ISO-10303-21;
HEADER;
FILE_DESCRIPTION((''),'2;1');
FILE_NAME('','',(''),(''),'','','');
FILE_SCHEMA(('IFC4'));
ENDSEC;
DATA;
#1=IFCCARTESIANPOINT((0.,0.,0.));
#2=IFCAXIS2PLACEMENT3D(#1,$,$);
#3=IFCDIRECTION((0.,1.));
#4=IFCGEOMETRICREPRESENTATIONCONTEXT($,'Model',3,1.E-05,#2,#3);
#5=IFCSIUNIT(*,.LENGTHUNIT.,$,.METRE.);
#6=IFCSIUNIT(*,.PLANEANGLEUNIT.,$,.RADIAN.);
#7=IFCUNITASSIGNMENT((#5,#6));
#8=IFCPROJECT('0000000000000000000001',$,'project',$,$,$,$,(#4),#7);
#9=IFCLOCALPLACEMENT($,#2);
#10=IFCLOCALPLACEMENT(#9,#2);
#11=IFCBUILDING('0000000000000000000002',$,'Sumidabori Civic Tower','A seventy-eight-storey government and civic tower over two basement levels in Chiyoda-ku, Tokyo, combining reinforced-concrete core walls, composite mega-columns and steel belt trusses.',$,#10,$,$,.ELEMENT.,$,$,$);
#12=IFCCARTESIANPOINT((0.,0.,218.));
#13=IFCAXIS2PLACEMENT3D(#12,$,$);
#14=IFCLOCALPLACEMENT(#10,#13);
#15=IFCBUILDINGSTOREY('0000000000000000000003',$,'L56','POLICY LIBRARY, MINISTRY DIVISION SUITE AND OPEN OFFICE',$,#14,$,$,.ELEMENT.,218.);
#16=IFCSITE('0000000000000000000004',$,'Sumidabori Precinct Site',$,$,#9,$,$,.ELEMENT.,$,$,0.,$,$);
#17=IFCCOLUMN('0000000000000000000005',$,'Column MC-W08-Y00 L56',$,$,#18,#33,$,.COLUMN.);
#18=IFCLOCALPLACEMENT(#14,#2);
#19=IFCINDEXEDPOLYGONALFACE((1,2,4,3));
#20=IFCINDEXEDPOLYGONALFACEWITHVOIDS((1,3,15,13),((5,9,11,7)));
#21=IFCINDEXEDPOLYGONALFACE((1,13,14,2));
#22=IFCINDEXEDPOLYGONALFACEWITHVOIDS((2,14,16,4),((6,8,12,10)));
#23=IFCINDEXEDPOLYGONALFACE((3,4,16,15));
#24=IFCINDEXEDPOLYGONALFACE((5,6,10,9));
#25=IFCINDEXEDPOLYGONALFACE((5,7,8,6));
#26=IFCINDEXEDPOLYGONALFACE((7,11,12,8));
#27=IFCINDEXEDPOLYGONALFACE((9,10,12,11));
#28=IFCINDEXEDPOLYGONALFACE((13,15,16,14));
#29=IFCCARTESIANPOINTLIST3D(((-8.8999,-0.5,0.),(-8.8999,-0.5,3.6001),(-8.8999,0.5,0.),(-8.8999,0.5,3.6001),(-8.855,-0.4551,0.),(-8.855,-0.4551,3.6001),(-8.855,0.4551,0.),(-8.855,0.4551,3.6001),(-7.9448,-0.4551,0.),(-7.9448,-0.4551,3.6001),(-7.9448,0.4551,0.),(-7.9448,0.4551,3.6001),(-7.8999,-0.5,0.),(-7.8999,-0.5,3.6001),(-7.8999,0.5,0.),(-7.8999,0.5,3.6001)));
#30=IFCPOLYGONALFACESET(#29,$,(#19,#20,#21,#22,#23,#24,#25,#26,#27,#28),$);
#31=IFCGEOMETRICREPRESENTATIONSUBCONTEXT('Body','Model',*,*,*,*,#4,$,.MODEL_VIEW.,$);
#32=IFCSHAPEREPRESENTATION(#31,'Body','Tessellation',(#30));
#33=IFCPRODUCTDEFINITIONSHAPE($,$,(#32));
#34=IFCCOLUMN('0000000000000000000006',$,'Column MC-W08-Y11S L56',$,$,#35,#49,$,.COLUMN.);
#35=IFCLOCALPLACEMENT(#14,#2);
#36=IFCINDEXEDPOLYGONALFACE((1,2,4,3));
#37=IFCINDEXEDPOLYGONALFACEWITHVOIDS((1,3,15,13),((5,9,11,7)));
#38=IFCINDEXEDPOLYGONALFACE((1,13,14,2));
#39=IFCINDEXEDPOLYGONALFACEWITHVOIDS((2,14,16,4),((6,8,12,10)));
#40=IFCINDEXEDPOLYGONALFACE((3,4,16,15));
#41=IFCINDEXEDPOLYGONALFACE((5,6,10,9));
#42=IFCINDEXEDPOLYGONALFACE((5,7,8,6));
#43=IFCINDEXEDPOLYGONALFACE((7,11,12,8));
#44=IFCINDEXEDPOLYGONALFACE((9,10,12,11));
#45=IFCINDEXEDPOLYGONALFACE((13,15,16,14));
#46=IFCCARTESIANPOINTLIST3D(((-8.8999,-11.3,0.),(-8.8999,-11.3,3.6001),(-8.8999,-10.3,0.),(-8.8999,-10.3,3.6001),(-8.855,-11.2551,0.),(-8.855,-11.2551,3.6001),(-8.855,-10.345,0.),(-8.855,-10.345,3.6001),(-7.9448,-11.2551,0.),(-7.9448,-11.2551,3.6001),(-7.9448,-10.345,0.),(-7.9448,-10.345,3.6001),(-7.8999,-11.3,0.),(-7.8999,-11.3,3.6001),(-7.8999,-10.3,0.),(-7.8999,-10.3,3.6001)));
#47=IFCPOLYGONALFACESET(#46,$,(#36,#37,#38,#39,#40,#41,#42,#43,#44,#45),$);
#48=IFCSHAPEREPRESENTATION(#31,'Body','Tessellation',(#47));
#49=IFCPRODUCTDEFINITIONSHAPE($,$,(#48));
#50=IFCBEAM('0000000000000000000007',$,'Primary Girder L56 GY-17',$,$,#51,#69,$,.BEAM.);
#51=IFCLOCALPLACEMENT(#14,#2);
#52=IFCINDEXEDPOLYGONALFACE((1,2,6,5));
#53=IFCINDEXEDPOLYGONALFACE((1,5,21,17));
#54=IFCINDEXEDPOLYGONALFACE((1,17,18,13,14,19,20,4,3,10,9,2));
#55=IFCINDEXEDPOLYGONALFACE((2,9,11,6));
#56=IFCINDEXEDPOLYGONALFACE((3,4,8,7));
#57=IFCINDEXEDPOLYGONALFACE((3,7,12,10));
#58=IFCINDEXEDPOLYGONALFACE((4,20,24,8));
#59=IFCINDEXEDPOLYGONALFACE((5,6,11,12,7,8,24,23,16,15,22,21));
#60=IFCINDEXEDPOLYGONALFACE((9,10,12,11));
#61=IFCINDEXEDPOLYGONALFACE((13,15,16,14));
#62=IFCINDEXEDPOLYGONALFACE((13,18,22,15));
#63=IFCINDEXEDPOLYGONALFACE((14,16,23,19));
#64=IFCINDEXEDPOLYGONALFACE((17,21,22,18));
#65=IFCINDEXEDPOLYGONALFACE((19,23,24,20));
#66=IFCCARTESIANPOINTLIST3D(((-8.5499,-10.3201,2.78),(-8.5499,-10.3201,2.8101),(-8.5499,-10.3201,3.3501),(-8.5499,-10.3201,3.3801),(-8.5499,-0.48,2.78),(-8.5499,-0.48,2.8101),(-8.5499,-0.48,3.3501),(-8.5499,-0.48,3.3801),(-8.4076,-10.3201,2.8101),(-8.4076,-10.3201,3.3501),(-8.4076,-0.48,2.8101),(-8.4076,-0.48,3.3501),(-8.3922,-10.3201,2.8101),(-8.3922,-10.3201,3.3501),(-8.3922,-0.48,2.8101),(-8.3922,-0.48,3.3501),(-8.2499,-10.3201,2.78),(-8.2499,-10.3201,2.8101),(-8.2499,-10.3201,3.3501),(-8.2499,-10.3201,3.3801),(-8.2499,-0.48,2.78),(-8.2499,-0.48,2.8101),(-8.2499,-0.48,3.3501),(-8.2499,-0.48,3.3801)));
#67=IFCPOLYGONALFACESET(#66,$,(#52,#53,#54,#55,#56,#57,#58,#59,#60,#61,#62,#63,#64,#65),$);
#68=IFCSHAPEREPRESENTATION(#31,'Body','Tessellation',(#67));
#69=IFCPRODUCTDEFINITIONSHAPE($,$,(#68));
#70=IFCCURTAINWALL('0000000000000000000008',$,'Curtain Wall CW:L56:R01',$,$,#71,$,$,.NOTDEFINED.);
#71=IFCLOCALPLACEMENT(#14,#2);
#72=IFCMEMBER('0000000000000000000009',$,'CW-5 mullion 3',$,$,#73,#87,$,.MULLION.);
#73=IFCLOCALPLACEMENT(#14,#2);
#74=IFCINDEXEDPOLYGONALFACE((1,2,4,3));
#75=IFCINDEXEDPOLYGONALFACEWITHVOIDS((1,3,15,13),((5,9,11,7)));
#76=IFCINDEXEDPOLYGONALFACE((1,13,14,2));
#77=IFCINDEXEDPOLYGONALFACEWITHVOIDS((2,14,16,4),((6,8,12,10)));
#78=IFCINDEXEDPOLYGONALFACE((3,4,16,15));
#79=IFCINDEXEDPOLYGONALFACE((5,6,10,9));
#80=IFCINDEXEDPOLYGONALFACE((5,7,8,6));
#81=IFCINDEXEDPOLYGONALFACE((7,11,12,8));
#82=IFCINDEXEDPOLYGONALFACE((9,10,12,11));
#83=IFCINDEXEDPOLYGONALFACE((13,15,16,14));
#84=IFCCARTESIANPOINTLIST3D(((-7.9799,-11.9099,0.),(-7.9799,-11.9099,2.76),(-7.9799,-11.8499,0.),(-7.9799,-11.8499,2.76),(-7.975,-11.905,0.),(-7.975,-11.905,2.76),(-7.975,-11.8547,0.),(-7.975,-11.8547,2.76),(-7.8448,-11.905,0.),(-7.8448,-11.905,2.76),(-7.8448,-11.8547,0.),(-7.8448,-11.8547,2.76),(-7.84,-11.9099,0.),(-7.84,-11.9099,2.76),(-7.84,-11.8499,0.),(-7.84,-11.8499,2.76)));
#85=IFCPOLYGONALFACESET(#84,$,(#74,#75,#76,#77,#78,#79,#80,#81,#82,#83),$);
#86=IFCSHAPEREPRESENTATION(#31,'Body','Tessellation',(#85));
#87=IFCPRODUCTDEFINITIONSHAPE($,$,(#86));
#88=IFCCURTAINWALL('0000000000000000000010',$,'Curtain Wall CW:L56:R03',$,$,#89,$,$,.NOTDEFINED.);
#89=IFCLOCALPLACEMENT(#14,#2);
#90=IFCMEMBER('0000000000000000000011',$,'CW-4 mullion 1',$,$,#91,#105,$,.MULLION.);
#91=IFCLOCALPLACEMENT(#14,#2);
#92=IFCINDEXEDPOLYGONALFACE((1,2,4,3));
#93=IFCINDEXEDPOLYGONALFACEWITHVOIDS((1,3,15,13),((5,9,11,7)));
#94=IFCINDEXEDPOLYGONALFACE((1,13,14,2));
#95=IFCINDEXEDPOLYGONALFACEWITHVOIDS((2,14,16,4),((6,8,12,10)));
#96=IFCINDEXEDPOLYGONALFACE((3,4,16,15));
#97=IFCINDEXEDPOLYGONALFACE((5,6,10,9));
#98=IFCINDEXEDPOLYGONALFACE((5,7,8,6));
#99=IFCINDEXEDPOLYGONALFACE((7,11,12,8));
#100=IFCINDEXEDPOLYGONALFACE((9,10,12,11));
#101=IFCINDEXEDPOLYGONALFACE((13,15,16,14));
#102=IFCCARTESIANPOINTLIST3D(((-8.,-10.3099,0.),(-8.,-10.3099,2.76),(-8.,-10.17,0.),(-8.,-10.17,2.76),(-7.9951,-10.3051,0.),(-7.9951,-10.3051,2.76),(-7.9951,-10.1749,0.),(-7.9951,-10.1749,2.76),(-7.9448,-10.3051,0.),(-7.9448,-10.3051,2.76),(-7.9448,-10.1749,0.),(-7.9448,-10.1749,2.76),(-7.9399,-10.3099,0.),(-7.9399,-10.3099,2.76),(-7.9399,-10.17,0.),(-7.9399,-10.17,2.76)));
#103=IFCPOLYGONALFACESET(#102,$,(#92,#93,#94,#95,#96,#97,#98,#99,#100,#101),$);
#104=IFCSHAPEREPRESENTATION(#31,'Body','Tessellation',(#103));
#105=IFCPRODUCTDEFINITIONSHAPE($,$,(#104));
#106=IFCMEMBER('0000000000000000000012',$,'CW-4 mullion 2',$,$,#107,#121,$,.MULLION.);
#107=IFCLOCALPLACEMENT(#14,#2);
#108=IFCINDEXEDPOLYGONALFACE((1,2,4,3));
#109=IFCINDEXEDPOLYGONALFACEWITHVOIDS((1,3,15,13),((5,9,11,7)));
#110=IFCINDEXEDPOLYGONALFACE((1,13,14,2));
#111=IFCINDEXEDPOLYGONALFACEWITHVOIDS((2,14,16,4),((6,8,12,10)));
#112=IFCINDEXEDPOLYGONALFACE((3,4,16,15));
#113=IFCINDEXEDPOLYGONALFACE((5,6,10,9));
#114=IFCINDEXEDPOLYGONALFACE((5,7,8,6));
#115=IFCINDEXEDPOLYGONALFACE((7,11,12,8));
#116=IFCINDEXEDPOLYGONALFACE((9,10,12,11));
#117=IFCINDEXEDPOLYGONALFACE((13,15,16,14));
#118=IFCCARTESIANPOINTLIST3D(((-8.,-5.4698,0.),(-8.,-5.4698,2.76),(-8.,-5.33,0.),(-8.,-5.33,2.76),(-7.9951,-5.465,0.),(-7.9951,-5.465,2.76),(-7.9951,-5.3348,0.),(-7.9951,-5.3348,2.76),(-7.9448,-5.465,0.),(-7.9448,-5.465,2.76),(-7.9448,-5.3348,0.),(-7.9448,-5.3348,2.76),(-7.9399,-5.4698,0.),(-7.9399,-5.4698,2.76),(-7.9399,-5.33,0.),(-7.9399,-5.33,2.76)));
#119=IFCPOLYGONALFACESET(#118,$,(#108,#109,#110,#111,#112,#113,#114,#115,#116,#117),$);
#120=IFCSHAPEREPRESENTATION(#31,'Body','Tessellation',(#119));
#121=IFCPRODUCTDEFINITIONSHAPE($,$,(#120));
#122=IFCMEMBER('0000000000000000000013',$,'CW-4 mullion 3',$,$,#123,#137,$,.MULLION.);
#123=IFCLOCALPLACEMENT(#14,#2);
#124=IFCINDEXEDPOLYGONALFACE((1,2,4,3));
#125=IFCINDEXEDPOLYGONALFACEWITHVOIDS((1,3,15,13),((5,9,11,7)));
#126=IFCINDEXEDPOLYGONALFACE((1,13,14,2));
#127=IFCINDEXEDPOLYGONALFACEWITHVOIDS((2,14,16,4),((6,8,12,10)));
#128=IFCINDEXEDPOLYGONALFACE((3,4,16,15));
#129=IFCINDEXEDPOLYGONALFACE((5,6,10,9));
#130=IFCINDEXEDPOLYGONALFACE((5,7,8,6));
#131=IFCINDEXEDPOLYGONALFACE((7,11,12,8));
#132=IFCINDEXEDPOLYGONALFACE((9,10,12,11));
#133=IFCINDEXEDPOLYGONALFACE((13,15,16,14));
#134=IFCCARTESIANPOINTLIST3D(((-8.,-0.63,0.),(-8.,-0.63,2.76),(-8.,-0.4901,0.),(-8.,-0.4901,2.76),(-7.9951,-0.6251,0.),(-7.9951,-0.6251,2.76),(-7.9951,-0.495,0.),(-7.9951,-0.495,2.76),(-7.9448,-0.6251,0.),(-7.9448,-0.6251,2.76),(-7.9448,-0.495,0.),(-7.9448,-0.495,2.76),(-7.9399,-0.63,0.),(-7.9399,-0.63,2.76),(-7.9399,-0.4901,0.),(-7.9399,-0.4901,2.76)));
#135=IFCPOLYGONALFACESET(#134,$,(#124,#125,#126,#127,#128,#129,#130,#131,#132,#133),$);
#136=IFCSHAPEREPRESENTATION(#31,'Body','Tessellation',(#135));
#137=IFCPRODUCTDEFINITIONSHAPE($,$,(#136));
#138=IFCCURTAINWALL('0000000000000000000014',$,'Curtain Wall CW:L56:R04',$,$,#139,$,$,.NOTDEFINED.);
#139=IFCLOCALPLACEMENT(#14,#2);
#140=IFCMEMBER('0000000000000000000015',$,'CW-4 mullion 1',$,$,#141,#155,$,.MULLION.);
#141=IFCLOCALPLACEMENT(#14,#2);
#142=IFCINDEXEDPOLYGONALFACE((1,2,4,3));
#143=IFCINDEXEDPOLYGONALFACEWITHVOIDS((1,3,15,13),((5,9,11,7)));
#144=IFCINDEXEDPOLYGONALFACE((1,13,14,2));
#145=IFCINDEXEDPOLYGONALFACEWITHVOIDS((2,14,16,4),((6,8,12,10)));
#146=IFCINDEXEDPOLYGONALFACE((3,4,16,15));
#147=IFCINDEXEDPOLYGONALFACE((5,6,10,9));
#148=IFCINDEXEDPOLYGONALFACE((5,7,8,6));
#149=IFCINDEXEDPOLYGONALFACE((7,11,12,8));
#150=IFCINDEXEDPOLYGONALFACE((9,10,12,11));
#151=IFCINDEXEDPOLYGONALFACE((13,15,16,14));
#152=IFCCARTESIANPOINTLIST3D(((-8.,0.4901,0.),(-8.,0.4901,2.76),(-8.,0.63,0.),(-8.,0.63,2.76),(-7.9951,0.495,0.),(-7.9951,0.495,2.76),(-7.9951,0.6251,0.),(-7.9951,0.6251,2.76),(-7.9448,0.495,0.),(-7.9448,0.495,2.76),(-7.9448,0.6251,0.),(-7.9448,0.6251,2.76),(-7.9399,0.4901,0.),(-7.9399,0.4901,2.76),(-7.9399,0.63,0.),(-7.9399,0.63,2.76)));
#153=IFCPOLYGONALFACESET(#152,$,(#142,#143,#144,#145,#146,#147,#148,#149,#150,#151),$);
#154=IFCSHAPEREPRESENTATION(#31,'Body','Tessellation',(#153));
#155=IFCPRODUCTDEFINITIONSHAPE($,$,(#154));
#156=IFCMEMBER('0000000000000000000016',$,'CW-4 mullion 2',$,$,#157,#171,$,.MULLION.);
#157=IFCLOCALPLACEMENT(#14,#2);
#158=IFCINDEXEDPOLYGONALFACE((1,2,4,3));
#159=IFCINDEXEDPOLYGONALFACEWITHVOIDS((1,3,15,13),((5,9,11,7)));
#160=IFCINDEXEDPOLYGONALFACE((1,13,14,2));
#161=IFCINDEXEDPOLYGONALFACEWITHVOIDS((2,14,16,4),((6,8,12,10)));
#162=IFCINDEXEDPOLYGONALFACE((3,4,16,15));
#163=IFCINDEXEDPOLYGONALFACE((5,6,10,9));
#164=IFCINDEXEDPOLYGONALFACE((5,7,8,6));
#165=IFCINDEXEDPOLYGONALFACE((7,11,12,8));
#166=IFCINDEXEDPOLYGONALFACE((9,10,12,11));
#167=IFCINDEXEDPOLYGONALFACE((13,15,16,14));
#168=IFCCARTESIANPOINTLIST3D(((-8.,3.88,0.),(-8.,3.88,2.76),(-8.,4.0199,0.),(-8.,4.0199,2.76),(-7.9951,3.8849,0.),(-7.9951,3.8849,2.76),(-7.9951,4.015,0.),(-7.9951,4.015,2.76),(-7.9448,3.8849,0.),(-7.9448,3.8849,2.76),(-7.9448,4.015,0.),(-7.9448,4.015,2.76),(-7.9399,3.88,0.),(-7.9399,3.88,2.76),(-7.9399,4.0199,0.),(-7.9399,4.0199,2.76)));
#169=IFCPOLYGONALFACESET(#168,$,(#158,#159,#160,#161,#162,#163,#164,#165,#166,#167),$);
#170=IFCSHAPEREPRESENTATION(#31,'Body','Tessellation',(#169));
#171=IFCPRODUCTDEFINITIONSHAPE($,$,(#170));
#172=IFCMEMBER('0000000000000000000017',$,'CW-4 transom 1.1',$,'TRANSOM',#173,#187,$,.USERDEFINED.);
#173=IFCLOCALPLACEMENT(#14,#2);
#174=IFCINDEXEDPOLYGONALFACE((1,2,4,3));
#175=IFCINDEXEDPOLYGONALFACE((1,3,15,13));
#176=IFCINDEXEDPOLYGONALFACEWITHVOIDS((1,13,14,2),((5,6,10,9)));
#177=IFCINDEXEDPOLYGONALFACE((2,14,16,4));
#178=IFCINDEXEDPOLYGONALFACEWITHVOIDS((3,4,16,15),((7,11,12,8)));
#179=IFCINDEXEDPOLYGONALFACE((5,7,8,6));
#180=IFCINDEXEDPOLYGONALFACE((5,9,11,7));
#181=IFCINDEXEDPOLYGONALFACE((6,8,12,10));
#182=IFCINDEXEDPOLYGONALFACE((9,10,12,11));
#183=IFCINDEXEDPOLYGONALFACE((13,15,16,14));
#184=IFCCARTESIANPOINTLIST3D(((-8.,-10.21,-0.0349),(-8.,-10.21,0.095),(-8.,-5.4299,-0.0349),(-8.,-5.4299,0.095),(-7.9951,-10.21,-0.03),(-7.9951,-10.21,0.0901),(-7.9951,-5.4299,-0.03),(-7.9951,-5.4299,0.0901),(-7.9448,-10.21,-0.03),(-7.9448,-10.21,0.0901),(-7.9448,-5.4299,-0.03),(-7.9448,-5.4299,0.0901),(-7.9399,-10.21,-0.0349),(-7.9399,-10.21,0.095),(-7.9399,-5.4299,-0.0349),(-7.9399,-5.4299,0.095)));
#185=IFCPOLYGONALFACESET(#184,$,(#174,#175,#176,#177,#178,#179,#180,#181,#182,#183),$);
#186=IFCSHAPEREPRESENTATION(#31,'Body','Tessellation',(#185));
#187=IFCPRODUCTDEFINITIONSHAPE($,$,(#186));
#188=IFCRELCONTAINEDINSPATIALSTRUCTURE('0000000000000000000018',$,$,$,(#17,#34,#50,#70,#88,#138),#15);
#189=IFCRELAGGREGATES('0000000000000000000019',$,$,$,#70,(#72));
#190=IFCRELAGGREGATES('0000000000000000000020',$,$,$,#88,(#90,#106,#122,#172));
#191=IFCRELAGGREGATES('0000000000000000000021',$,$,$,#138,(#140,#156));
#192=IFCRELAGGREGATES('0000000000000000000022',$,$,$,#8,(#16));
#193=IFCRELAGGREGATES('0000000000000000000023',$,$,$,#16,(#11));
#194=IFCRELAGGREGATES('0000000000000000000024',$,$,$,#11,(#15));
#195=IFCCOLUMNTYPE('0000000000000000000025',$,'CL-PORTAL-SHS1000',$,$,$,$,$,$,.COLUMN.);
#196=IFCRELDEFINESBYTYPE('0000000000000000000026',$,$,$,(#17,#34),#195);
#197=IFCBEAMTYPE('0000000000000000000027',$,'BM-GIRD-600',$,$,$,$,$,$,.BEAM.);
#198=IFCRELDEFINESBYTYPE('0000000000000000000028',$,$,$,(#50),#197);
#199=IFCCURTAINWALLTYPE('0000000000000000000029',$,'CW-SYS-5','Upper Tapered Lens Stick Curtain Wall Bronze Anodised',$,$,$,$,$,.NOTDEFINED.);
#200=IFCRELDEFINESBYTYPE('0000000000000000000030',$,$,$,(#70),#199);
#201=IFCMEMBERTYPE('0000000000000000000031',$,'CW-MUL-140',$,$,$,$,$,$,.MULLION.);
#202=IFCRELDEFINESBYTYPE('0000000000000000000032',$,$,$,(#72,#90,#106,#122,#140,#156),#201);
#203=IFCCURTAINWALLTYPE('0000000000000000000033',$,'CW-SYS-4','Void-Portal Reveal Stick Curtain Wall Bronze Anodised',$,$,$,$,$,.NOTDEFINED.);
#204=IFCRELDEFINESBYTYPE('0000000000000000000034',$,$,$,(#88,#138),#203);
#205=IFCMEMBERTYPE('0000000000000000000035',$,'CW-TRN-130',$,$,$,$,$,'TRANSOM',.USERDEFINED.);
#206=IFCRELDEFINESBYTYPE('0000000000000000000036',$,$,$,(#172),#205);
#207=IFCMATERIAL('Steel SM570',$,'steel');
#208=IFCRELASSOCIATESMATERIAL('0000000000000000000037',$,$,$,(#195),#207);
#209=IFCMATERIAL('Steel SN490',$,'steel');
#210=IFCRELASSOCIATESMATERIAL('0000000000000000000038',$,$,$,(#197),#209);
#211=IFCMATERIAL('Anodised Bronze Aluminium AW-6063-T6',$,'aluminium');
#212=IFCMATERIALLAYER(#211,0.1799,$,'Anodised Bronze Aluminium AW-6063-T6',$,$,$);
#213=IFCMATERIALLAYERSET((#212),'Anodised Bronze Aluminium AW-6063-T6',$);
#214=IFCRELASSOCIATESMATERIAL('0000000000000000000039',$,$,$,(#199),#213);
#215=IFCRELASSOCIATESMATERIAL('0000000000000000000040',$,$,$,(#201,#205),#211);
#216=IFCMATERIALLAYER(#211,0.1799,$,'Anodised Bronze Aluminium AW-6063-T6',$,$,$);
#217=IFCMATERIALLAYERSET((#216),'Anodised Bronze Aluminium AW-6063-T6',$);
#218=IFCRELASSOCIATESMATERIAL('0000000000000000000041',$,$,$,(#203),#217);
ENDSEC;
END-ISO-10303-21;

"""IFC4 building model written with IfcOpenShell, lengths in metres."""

from ifc_helpers import new_model, si_unit, direction, frame, origin, origin_2d, place, context, subcontext, project, spatial, hollow_rectangle, i_section, extrude, source, transform, mapped, material, layer, layer_set, material_profile, profile_set, type_object, element, aggregate, save


model = new_model("IFC4")

# Units and contexts
model_context = context("Model", 3, precision=1e-05, world=origin(), true_north=direction((0.0, 1.0)))
body_context = subcontext(model_context, "Body", "Model", "MODEL_VIEW")
ifc_project = project(units=[si_unit("LENGTHUNIT", "METRE"), si_unit("PLANEANGLEUNIT", "RADIAN")], contexts=[model_context])

# Site, building, storey
site_placement = place(None, origin())
site = spatial("IfcSite", under=ifc_project, at=site_placement, Name="Sumidabori Precinct Site", CompositionType="ELEMENT", RefElevation=0.0)
building_placement = place(site_placement, origin())
building = spatial("IfcBuilding", under=site, at=building_placement, Name="Sumidabori Civic Tower", Description="A seventy-eight-storey government and civic tower over two basement levels in Chiyoda-ku, Tokyo, combining reinforced-concrete core walls, composite mega-columns and steel belt trusses.", CompositionType="ELEMENT")
storey_placement = place(building_placement, frame((0.0, 0.0, 218.0)))
storey = spatial("IfcBuildingStorey", under=building, at=storey_placement, Name="L56", Description="POLICY LIBRARY, MINISTRY DIVISION SUITE AND OPEN OFFICE", CompositionType="ELEMENT", Elevation=218.0)

# Columns
ifc_material_1 = material(Name="Steel SM570", Category="steel")
ifc_material_profile_1 = material_profile(ifc_material_1, hollow_rectangle(XDim=1.0, YDim=1.0, WallThickness=0.0449, at=origin_2d()), Name="SHS 1000x1000x45")
ifc_profile_set_1 = profile_set([ifc_material_profile_1], Name="Steel SM570")
column_type = type_object("IfcColumnType", Name="CL-PORTAL-SHS1000", PredefinedType="COLUMN", material=ifc_profile_set_1)
shared_shape_1 = source(origin(), body_context, "Body", "SweptSolid", [
    extrude(hollow_rectangle(XDim=1.0, YDim=1.0, WallThickness=0.0449, at=origin_2d()), origin(), (0.0, 0.0, 1.0), 3.6001),
])
for number, where, z_axis, x_axis, name in (
    (1, (-8.3999, 0.0, 0.0), (0.0, 0.0, 1.0), (1.0, 0.0, 0.0), "Column MC-W08-Y00 L56"),
    (2, (-8.3999, -10.8, 0.0), (0.0, 0.0, 1.0), (1.0, 0.0, 0.0), "Column MC-W08-Y11S L56"),
):
    element("IfcColumn", number, at=place(storey_placement, frame(where, z_axis=z_axis, x_axis=x_axis)), inside=storey, type_object=column_type, Name=name, PredefinedType="COLUMN", context=body_context, shape_type="MappedRepresentation", body=[
        mapped(shared_shape_1, transform((0.0, 0.0, 0.0), x_axis=(1.0, 0.0, 0.0), y_axis=(0.0, 1.0, 0.0), z_axis=(0.0, 0.0, 1.0), scale=1.0)),
    ])

# Beam
ifc_material_2 = material(Name="Steel SN490", Category="steel")
ifc_material_profile_2 = material_profile(ifc_material_2, i_section(OverallWidth=0.3, OverallDepth=0.6001, WebThickness=0.0154, FlangeThickness=0.03, at=origin_2d()), Name="HE 600 B")
ifc_profile_set_2 = profile_set([ifc_material_profile_2], Name="Steel SN490")
beam_type = type_object("IfcBeamType", Name="BM-GIRD-600", PredefinedType="BEAM", material=ifc_profile_set_2)
shared_shape_2 = source(origin(), body_context, "Body", "SweptSolid", [
    extrude(i_section(OverallWidth=0.3, OverallDepth=0.6001, WebThickness=0.0154, FlangeThickness=0.03, at=origin_2d()), origin(), (0.0, 0.0, 1.0), 9.8401),
])
beam_placement = place(storey_placement, frame((-8.3999, -10.3201, 3.0801), z_axis=(0.0, 1.0, 0.0), x_axis=(-1.0, 0.0, 0.0)))
element("IfcBeam", 3, at=beam_placement, inside=storey, type_object=beam_type, Name="Primary Girder L56 GY-17", PredefinedType="BEAM", context=body_context, shape_type="MappedRepresentation", body=[
    mapped(shared_shape_2, transform((0.0, 0.0, 0.0), x_axis=(1.0, 0.0, 0.0), y_axis=(0.0, 1.0, 0.0), z_axis=(0.0, 0.0, 1.0), scale=1.0)),
])

# Curtain wall, member
ifc_material_3 = material(Name="Anodised Bronze Aluminium AW-6063-T6", Category="aluminium")
ifc_layer_1 = layer(ifc_material_3, 0.1799, Name="Anodised Bronze Aluminium AW-6063-T6")
ifc_layer_set_1 = layer_set([ifc_layer_1], Name="Anodised Bronze Aluminium AW-6063-T6")
curtain_wall_type_1 = type_object("IfcCurtainWallType", Name="CW-SYS-5", Description="Upper Tapered Lens Stick Curtain Wall Bronze Anodised", PredefinedType="NOTDEFINED", material=ifc_layer_set_1)
curtain_wall_1_placement = place(storey_placement, origin())
curtain_wall_1 = element("IfcCurtainWall", 4, at=curtain_wall_1_placement, inside=storey, type_object=curtain_wall_type_1, Name="Curtain Wall CW:L56:R01", PredefinedType="NOTDEFINED")
ifc_material_profile_3 = material_profile(ifc_material_3, hollow_rectangle(XDim=0.0601, YDim=0.1399, WallThickness=0.0049, at=origin_2d()), Name="ALU MULLION 140x60")
ifc_profile_set_3 = profile_set([ifc_material_profile_3], Name="Anodised Bronze Aluminium AW-6063-T6")
member_type_1 = type_object("IfcMemberType", Name="CW-MUL-140", PredefinedType="MULLION", material=ifc_profile_set_3)
shared_shape_3 = source(origin(), body_context, "Body", "SweptSolid", [
    extrude(hollow_rectangle(XDim=0.0601, YDim=0.1399, WallThickness=0.0049, at=origin_2d()), origin(), (0.0, 0.0, 1.0), 2.76),
])
member_1_placement = place(storey_placement, frame((-7.9099, -11.8799, 0.0), z_axis=(0.0, 0.0, 1.0), x_axis=(0.0, 1.0, 0.0)))
member_1 = element("IfcMember", 5, at=member_1_placement, type_object=member_type_1, Name="CW-5 mullion 3", PredefinedType="MULLION", context=body_context, shape_type="MappedRepresentation", body=[
    mapped(shared_shape_3, transform((0.0, 0.0, 0.0), x_axis=(1.0, 0.0, 0.0), y_axis=(0.0, 1.0, 0.0), z_axis=(0.0, 0.0, 1.0), scale=1.0)),
])

# Curtain walls, members
ifc_layer_2 = layer(ifc_material_3, 0.1799, Name="Anodised Bronze Aluminium AW-6063-T6")
ifc_layer_set_2 = layer_set([ifc_layer_2], Name="Anodised Bronze Aluminium AW-6063-T6")
curtain_wall_type_2 = type_object("IfcCurtainWallType", Name="CW-SYS-4", Description="Void-Portal Reveal Stick Curtain Wall Bronze Anodised", PredefinedType="NOTDEFINED", material=ifc_layer_set_2)
curtain_wall_2_placement = place(storey_placement, origin())
curtain_wall_2 = element("IfcCurtainWall", 6, at=curtain_wall_2_placement, inside=storey, type_object=curtain_wall_type_2, Name="Curtain Wall CW:L56:R03", PredefinedType="NOTDEFINED")
member_2_placement = place(storey_placement, frame((-7.97, -10.24, 0.0), z_axis=(0.0, 0.0, 1.0), x_axis=(-1.0, 0.0, 0.0)))
member_2 = element("IfcMember", 7, at=member_2_placement, type_object=member_type_1, Name="CW-4 mullion 1", PredefinedType="MULLION", context=body_context, shape_type="MappedRepresentation", body=[
    mapped(shared_shape_3, transform((0.0, 0.0, 0.0), x_axis=(1.0, 0.0, 0.0), y_axis=(0.0, 1.0, 0.0), z_axis=(0.0, 0.0, 1.0), scale=1.0)),
])
member_3_placement = place(storey_placement, frame((-7.97, -5.3999, 0.0), z_axis=(0.0, 0.0, 1.0), x_axis=(-1.0, 0.0, 0.0)))
member_3 = element("IfcMember", 8, at=member_3_placement, type_object=member_type_1, Name="CW-4 mullion 2", PredefinedType="MULLION", context=body_context, shape_type="MappedRepresentation", body=[
    mapped(shared_shape_3, transform((0.0, 0.0, 0.0), x_axis=(1.0, 0.0, 0.0), y_axis=(0.0, 1.0, 0.0), z_axis=(0.0, 0.0, 1.0), scale=1.0)),
])
member_4_placement = place(storey_placement, frame((-7.97, -0.5601, 0.0), z_axis=(0.0, 0.0, 1.0), x_axis=(-1.0, 0.0, 0.0)))
member_4 = element("IfcMember", 9, at=member_4_placement, type_object=member_type_1, Name="CW-4 mullion 3", PredefinedType="MULLION", context=body_context, shape_type="MappedRepresentation", body=[
    mapped(shared_shape_3, transform((0.0, 0.0, 0.0), x_axis=(1.0, 0.0, 0.0), y_axis=(0.0, 1.0, 0.0), z_axis=(0.0, 0.0, 1.0), scale=1.0)),
])
curtain_wall_3_placement = place(storey_placement, origin())
curtain_wall_3 = element("IfcCurtainWall", 10, at=curtain_wall_3_placement, inside=storey, type_object=curtain_wall_type_2, Name="Curtain Wall CW:L56:R04", PredefinedType="NOTDEFINED")
member_5_placement = place(storey_placement, frame((-7.97, 0.5601, 0.0), z_axis=(0.0, 0.0, 1.0), x_axis=(-1.0, 0.0, 0.0)))
member_5 = element("IfcMember", 11, at=member_5_placement, type_object=member_type_1, Name="CW-4 mullion 1", PredefinedType="MULLION", context=body_context, shape_type="MappedRepresentation", body=[
    mapped(shared_shape_3, transform((0.0, 0.0, 0.0), x_axis=(1.0, 0.0, 0.0), y_axis=(0.0, 1.0, 0.0), z_axis=(0.0, 0.0, 1.0), scale=1.0)),
])
member_6_placement = place(storey_placement, frame((-7.97, 3.95, 0.0), z_axis=(0.0, 0.0, 1.0), x_axis=(-1.0, 0.0, 0.0)))
member_6 = element("IfcMember", 12, at=member_6_placement, type_object=member_type_1, Name="CW-4 mullion 2", PredefinedType="MULLION", context=body_context, shape_type="MappedRepresentation", body=[
    mapped(shared_shape_3, transform((0.0, 0.0, 0.0), x_axis=(1.0, 0.0, 0.0), y_axis=(0.0, 1.0, 0.0), z_axis=(0.0, 0.0, 1.0), scale=1.0)),
])

# Member
ifc_material_profile_4 = material_profile(ifc_material_3, hollow_rectangle(XDim=0.0601, YDim=0.1299, WallThickness=0.0049, at=origin_2d()), Name="ALU TRANSOM 130x60")
ifc_profile_set_4 = profile_set([ifc_material_profile_4], Name="Anodised Bronze Aluminium AW-6063-T6")
member_type_2 = type_object("IfcMemberType", Name="CW-TRN-130", ElementType="TRANSOM", PredefinedType="USERDEFINED", material=ifc_profile_set_4)
shared_shape_4 = source(origin(), body_context, "Body", "SweptSolid", [
    extrude(hollow_rectangle(XDim=0.0601, YDim=0.1299, WallThickness=0.0049, at=origin_2d()), origin(), (0.0, 0.0, 1.0), 4.78),
])
member_7_placement = place(storey_placement, frame((-7.97, -10.21, 0.03), z_axis=(0.0, 1.0, 0.0), x_axis=(-1.0, 0.0, 0.0)))
member_7 = element("IfcMember", 13, at=member_7_placement, type_object=member_type_2, Name="CW-4 transom 1.1", ObjectType="TRANSOM", PredefinedType="USERDEFINED", context=body_context, shape_type="MappedRepresentation", body=[
    mapped(shared_shape_4, transform((0.0, 0.0, 0.0), x_axis=(1.0, 0.0, 0.0), y_axis=(0.0, 1.0, 0.0), z_axis=(0.0, 0.0, 1.0), scale=1.0)),
])

aggregate(curtain_wall_1, [member_1])
aggregate(curtain_wall_2, [member_2, member_3, member_4, member_7])
aggregate(curtain_wall_3, [member_5, member_6])

save(model, "model.ifc")
